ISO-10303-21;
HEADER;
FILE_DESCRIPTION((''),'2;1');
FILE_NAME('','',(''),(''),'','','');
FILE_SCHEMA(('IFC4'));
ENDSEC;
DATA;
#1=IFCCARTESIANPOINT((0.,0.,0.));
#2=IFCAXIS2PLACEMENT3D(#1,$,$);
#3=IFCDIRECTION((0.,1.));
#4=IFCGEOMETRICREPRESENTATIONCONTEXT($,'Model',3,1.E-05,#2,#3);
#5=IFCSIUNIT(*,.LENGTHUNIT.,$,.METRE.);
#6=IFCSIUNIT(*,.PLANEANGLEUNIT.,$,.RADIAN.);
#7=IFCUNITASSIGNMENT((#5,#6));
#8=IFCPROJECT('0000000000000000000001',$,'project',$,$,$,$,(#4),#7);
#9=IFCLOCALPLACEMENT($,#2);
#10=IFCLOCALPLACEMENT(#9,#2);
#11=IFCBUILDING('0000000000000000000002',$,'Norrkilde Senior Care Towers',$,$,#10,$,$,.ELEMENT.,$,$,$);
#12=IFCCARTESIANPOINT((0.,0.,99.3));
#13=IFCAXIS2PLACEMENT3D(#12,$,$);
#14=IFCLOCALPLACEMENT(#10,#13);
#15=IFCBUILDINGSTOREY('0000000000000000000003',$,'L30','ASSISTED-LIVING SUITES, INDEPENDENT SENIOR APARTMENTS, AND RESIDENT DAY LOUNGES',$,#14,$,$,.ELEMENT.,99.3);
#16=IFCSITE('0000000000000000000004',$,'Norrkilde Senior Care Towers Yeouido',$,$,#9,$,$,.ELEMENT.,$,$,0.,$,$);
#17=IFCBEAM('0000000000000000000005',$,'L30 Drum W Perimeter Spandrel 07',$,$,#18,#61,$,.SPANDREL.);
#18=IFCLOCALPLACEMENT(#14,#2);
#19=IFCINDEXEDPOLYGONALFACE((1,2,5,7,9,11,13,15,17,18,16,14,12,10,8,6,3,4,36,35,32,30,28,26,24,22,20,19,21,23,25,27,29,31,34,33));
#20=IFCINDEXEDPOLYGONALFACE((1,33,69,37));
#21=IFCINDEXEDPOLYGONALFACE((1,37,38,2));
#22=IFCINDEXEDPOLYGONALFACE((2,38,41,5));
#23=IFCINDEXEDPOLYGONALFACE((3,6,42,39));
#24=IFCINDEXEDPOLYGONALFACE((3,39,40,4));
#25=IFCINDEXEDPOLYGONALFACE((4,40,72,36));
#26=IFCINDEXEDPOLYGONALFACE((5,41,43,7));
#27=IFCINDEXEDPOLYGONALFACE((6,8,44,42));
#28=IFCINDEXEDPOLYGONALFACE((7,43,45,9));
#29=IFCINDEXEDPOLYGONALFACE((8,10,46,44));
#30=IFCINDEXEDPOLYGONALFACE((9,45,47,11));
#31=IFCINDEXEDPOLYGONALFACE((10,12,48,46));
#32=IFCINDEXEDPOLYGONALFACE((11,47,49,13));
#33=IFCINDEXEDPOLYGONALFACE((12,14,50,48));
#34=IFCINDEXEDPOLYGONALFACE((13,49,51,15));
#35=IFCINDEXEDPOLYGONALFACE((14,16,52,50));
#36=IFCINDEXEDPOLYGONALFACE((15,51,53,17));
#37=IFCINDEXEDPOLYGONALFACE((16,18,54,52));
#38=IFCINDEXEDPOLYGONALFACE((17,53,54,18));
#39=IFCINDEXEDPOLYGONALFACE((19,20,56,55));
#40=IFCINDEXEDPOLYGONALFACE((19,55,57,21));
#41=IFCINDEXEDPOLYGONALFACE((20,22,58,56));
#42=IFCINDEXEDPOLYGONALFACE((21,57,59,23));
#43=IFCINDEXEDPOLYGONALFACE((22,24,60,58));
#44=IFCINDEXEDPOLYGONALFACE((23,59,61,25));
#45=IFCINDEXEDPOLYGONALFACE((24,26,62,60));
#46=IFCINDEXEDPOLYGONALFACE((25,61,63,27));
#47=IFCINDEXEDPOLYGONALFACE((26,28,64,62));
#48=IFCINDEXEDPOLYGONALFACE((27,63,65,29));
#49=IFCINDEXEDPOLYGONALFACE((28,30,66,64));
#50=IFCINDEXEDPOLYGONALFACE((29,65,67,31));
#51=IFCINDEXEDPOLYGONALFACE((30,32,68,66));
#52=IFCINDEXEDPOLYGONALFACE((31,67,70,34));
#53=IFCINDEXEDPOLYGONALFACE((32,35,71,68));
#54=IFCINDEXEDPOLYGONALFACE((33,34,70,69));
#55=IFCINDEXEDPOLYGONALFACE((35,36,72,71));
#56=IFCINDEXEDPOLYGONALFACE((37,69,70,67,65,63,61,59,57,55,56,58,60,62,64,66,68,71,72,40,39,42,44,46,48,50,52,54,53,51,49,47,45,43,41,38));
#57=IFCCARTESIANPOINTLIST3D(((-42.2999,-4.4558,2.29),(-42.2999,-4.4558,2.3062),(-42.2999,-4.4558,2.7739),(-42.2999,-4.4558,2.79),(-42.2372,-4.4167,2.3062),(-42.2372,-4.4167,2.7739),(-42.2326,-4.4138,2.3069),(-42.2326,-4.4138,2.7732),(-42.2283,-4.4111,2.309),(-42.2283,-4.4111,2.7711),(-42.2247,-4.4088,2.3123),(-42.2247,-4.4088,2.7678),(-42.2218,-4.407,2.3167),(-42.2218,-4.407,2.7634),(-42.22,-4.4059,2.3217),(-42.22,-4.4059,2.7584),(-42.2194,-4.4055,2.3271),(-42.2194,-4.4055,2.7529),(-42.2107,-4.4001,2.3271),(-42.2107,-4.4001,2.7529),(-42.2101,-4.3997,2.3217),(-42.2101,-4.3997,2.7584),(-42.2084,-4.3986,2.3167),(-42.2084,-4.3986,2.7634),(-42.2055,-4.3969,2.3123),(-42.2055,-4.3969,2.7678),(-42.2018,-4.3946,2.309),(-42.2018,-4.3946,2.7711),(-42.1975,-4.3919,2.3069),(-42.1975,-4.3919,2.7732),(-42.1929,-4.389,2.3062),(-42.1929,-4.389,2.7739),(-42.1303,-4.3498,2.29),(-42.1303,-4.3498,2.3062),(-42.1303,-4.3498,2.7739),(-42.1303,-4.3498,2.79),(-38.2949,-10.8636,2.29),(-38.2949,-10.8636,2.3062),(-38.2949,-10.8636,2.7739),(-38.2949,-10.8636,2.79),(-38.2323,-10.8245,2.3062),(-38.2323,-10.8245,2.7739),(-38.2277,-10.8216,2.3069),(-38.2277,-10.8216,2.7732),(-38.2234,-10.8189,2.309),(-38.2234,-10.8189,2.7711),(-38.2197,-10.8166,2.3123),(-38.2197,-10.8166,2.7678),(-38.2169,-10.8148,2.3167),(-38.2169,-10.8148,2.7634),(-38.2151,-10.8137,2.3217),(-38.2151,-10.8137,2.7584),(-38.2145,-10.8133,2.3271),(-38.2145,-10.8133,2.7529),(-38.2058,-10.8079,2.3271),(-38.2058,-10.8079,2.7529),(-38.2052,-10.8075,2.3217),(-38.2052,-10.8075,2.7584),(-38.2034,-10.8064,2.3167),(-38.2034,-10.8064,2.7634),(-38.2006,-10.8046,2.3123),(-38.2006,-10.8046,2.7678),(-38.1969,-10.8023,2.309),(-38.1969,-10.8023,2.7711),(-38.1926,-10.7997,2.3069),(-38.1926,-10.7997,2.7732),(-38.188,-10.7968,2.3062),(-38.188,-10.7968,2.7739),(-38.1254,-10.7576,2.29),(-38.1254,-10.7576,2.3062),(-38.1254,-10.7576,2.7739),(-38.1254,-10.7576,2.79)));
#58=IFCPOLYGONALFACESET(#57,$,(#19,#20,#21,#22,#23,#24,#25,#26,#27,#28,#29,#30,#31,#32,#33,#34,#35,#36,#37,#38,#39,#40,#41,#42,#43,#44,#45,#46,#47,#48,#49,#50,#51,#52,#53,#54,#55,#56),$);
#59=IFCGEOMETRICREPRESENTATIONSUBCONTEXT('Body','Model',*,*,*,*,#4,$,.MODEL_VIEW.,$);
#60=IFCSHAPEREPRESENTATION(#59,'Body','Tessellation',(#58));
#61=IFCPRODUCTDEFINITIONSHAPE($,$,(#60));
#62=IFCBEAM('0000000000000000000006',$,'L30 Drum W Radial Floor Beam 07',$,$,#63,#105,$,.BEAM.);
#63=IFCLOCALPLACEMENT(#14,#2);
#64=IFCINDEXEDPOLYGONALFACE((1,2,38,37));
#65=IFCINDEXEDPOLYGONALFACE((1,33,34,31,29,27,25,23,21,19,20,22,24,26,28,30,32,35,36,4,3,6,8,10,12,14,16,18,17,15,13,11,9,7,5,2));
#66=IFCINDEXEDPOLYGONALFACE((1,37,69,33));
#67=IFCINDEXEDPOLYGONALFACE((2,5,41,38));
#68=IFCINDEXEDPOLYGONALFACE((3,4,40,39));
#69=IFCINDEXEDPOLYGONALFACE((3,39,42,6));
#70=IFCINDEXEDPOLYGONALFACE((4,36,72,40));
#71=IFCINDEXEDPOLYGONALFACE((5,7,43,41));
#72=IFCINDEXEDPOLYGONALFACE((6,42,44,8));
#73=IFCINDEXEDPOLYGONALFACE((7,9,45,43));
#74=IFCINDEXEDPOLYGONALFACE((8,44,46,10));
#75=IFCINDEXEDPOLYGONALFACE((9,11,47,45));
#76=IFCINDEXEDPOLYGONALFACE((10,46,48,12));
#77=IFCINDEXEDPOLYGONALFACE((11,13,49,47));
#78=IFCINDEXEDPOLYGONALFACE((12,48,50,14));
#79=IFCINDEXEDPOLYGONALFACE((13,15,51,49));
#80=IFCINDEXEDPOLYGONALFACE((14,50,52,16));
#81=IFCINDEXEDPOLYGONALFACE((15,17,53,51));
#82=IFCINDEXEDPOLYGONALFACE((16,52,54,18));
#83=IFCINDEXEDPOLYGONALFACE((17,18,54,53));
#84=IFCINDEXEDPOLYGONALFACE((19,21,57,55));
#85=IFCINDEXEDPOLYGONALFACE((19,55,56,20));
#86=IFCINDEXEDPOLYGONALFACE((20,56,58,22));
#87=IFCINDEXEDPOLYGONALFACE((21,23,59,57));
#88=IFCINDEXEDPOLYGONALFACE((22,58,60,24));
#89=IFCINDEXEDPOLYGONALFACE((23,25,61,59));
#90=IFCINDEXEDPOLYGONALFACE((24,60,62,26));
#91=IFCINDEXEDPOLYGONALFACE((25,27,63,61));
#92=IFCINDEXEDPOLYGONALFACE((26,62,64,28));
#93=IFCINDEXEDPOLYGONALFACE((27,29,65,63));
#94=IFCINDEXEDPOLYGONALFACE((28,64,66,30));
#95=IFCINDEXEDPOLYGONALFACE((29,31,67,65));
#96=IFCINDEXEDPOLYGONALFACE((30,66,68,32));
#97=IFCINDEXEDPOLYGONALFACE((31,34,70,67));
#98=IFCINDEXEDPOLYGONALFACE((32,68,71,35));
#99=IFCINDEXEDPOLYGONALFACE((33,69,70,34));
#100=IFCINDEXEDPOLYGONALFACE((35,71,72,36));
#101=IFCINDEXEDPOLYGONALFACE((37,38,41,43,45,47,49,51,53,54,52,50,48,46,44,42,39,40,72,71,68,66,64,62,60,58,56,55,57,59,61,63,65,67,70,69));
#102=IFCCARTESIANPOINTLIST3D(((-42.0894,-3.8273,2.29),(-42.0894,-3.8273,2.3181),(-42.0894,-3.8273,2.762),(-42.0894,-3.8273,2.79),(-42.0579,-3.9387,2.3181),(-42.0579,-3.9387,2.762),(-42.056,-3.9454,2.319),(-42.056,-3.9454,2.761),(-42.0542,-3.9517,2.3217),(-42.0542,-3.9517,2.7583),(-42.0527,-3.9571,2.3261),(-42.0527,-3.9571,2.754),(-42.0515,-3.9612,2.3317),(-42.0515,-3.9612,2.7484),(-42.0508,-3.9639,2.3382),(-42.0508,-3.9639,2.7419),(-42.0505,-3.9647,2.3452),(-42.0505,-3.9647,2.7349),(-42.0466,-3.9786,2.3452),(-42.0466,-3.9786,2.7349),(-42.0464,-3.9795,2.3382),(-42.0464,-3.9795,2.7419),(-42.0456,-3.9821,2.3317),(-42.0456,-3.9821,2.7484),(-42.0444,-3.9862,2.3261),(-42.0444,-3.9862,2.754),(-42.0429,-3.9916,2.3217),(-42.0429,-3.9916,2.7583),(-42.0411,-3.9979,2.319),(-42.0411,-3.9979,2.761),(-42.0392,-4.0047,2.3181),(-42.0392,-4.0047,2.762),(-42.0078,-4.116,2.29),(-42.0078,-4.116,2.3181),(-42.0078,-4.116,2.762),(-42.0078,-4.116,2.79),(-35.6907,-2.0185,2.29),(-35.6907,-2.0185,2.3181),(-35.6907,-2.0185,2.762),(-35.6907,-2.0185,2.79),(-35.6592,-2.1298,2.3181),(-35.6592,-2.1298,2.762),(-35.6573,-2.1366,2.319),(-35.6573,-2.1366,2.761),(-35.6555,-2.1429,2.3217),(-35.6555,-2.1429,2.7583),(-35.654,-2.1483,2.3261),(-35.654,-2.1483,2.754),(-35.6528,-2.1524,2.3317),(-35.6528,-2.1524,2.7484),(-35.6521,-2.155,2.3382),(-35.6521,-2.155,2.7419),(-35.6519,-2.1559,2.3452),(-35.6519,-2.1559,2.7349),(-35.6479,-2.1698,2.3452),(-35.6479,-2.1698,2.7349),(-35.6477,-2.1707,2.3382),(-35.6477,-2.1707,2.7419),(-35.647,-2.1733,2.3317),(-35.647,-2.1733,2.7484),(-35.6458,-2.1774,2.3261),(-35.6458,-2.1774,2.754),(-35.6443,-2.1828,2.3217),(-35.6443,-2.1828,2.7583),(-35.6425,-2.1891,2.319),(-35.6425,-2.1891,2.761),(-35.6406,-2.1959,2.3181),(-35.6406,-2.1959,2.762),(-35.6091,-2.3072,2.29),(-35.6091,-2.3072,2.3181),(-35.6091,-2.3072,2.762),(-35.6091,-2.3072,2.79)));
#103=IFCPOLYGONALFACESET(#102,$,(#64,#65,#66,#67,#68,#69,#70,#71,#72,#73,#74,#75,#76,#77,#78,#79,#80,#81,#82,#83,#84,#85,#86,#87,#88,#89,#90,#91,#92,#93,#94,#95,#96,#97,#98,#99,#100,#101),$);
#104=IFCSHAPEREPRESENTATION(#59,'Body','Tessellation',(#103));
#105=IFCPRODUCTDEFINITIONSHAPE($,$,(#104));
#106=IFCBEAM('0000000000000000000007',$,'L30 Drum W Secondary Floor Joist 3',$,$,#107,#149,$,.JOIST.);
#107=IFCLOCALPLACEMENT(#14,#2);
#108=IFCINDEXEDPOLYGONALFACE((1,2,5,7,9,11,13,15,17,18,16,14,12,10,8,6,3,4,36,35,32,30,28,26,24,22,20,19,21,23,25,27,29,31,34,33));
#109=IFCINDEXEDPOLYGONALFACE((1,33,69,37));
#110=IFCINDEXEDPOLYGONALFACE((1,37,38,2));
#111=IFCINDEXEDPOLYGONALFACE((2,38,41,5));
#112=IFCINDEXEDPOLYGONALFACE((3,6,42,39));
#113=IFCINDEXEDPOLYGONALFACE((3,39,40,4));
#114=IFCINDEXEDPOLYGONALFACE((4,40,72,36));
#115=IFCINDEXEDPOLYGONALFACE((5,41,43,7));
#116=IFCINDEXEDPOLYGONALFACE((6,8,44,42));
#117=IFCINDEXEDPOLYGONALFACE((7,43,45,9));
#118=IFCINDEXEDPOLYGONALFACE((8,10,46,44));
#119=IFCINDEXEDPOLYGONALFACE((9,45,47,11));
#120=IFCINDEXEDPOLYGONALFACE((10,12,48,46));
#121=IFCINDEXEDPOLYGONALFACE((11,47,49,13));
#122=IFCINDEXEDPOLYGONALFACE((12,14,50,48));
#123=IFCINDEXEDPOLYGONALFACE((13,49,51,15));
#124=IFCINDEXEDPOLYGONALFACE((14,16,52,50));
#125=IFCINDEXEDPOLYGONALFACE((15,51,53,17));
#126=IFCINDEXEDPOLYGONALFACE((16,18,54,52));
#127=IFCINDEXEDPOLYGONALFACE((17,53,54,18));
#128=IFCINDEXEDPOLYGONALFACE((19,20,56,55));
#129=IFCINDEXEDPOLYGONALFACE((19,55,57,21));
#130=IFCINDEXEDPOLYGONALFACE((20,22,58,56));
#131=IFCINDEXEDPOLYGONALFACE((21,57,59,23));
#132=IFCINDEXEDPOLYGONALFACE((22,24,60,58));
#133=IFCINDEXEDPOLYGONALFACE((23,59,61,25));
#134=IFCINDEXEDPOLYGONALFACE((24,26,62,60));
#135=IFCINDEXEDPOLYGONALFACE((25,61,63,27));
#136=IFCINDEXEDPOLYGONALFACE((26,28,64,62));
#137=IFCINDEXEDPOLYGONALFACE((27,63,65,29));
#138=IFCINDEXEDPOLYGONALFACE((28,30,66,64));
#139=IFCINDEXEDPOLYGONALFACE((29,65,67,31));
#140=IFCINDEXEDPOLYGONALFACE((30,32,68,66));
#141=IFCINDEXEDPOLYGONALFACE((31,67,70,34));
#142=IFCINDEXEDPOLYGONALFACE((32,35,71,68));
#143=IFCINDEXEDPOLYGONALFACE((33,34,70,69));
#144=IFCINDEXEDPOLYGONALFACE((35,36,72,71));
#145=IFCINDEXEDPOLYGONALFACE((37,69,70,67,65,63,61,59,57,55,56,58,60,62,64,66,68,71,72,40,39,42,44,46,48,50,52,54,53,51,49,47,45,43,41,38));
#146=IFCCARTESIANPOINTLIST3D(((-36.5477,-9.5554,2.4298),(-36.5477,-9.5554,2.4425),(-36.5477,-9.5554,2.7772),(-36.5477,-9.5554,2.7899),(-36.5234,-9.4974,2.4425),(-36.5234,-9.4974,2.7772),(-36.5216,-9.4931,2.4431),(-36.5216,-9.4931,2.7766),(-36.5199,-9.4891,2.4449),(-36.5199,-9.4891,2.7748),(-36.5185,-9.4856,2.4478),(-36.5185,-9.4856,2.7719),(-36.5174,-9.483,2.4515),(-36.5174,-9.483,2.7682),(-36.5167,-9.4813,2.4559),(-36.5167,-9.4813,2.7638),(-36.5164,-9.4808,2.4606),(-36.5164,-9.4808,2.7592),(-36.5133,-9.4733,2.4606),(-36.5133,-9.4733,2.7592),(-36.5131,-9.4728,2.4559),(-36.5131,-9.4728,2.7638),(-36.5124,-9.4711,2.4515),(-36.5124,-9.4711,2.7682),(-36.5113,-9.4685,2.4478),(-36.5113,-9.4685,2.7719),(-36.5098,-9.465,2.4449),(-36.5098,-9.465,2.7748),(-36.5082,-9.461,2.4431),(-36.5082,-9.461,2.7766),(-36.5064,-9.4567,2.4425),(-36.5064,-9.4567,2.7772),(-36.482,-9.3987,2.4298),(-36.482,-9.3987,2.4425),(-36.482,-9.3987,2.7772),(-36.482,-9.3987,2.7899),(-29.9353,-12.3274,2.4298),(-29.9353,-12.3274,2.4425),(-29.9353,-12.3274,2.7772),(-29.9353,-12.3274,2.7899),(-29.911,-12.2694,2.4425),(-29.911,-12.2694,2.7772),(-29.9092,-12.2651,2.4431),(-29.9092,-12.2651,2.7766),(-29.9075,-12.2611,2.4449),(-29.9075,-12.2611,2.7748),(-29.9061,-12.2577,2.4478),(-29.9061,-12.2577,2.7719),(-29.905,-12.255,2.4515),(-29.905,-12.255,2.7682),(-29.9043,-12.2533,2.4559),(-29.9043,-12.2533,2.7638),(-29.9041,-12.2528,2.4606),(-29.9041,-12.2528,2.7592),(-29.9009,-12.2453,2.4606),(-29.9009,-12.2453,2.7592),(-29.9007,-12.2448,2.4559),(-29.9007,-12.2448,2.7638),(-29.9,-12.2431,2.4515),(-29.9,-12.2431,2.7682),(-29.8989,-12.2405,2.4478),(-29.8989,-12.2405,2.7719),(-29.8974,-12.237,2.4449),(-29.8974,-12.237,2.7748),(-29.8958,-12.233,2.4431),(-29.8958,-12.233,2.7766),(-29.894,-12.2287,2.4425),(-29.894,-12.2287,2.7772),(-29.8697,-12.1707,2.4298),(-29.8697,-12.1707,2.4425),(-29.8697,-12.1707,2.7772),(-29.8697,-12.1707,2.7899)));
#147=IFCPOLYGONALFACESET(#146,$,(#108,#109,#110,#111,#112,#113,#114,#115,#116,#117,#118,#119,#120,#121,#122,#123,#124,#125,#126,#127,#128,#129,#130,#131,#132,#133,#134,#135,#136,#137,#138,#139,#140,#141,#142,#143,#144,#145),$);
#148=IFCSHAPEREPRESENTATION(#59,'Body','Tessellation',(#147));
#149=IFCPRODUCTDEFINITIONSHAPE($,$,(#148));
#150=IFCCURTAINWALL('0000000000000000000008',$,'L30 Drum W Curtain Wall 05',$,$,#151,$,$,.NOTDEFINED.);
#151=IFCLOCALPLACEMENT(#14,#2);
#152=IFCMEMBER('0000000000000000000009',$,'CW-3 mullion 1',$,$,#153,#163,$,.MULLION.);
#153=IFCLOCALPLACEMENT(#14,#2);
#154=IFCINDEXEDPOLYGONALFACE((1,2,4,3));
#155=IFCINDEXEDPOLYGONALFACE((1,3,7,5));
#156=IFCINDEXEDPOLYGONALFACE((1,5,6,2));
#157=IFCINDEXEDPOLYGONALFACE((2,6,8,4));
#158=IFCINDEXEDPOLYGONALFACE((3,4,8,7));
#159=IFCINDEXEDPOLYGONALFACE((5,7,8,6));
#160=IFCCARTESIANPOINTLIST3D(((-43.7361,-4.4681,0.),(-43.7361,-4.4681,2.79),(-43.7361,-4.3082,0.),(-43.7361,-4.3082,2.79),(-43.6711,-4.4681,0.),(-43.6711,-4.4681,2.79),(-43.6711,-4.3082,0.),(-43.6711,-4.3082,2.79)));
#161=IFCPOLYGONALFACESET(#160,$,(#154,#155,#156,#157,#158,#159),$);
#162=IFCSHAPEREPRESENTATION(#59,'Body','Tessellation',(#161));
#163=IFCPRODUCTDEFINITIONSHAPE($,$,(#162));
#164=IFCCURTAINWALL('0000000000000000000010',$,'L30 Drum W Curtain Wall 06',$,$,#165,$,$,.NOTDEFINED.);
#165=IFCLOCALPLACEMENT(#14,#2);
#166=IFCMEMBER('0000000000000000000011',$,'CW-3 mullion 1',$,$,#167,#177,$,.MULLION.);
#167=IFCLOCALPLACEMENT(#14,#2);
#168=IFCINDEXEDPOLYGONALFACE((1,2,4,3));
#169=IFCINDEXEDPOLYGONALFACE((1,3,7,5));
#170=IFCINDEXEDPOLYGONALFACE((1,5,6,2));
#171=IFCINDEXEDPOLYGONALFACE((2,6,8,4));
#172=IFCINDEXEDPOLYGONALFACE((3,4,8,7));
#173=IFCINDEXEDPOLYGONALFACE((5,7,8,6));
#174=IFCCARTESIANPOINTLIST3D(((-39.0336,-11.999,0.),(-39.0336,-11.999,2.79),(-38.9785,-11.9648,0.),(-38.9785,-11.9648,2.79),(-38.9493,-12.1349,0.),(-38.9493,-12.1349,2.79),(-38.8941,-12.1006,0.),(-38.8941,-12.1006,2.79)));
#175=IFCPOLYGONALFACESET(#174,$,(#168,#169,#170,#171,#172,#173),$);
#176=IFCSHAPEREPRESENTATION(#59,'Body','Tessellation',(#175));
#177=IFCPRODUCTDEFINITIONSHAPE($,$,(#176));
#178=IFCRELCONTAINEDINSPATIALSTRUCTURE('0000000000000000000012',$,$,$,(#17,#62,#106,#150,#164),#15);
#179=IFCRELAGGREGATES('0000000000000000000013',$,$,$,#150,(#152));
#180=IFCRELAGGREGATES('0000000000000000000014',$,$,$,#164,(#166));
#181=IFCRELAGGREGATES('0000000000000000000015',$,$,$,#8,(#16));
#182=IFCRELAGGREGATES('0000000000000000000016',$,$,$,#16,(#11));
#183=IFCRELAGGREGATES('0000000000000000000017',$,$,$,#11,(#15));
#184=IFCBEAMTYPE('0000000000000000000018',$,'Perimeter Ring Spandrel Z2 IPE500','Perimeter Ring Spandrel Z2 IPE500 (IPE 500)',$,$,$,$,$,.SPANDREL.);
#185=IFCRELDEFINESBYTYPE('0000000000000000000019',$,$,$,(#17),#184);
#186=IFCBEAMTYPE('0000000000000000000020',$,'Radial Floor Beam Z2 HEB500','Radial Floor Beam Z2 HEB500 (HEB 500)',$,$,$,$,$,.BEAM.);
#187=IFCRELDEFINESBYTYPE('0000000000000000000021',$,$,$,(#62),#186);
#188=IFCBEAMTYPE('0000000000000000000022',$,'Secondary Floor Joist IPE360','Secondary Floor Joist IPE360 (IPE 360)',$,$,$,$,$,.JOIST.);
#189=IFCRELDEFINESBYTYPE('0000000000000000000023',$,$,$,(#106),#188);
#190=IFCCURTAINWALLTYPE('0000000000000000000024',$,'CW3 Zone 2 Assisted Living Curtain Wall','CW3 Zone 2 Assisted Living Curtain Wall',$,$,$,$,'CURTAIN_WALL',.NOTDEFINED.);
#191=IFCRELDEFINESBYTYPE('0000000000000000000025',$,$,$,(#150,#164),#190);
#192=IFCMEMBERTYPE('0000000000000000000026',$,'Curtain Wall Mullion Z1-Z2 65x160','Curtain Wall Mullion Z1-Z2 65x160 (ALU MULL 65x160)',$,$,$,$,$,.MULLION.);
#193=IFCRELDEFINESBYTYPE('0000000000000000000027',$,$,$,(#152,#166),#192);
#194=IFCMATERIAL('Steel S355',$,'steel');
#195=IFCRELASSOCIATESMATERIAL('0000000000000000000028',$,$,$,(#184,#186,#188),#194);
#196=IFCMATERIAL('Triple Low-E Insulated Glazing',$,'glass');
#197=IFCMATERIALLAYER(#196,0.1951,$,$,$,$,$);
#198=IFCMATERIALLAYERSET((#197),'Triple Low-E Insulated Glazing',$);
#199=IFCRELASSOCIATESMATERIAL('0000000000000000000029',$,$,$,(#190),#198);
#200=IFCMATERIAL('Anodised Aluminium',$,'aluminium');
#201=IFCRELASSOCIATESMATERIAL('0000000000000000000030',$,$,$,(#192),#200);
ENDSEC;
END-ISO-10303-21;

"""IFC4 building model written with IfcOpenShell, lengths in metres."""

from ifc_helpers import new_model, si_unit, direction, frame, origin, origin_2d, place, context, subcontext, project, spatial, rectangle, i_section, extrude, source, transform, mapped, material, layer, layer_set, material_profile, profile_set, type_object, type_shapes, element, aggregate, save


model = new_model("IFC4")

# Units and contexts
model_context = context("Model", 3, precision=1e-05, world=origin(), true_north=direction((0.0, 1.0)))
body_context = subcontext(model_context, "Body", "Model", "MODEL_VIEW")
ifc_project = project(units=[si_unit("LENGTHUNIT", "METRE"), si_unit("PLANEANGLEUNIT", "RADIAN")], contexts=[model_context])

# Site, building, storey
site_placement = place(None, origin())
site = spatial("IfcSite", under=ifc_project, at=site_placement, Name="Norrkilde Senior Care Towers Yeouido", CompositionType="ELEMENT", RefElevation=0.0)
building_placement = place(site_placement, origin())
building = spatial("IfcBuilding", under=site, at=building_placement, Name="Norrkilde Senior Care Towers", CompositionType="ELEMENT")
storey_placement = place(building_placement, frame((0.0, 0.0, 99.3)))
storey = spatial("IfcBuildingStorey", under=building, at=storey_placement, Name="L30", Description="ASSISTED-LIVING SUITES, INDEPENDENT SENIOR APARTMENTS, AND RESIDENT DAY LOUNGES", CompositionType="ELEMENT", Elevation=99.3)

# Beams
ifc_material_1 = material(Name="Steel S355", Category="steel")
ifc_material_profile_1 = material_profile(ifc_material_1, i_section(OverallWidth=0.2, OverallDepth=0.5, WebThickness=0.0103, FlangeThickness=0.0161, FilletRadius=0.021, at=origin_2d()), Name="IPE 500")
ifc_profile_set_1 = profile_set([ifc_material_profile_1], Name="Steel S355")
beam_type_1 = type_object("IfcBeamType", Name="Perimeter Ring Spandrel Z2 IPE500", Description="Perimeter Ring Spandrel Z2 IPE500 (IPE 500)", PredefinedType="SPANDREL", material=ifc_profile_set_1)
shared_shape_1 = source(origin(), body_context, "Body", "SweptSolid", [
    extrude(i_section(OverallWidth=0.2, OverallDepth=0.5, WebThickness=0.0103, FlangeThickness=0.0161, FilletRadius=0.021, at=origin_2d()), origin(), (0.0, 0.0, 1.0), 7.5564),
])
beam_1_placement = place(storey_placement, frame((-42.2151, -4.4028, 2.54), z_axis=(0.530005, -0.847995, 0.0), x_axis=(0.847995, 0.530005, 0.0)))
element("IfcBeam", 1, at=beam_1_placement, inside=storey, type_object=beam_type_1, Name="L30 Drum W Perimeter Spandrel 07", PredefinedType="SPANDREL", context=body_context, shape_type="MappedRepresentation", body=[
    mapped(shared_shape_1, transform((0.0, 0.0, 0.0), x_axis=(1.0, 0.0, 0.0), y_axis=(0.0, 1.0, 0.0), z_axis=(0.0, 0.0, 1.0), scale=1.0)),
])
ifc_material_profile_2 = material_profile(ifc_material_1, i_section(OverallWidth=0.3, OverallDepth=0.5, WebThickness=0.0144, FlangeThickness=0.0281, FilletRadius=0.0271, at=origin_2d()), Name="HEB 500")
ifc_profile_set_2 = profile_set([ifc_material_profile_2], Name="Steel S355")
beam_type_2 = type_object("IfcBeamType", Name="Radial Floor Beam Z2 HEB500", Description="Radial Floor Beam Z2 HEB500 (HEB 500)", PredefinedType="BEAM", material=ifc_profile_set_2)
shared_shape_2 = source(origin(), body_context, "Body", "SweptSolid", [
    extrude(i_section(OverallWidth=0.3, OverallDepth=0.5, WebThickness=0.0144, FlangeThickness=0.0281, FilletRadius=0.0271, at=origin_2d()), origin(), (0.0, 0.0, 1.0), 6.6494),
])
type_shapes(beam_type_2, [shared_shape_2])
beam_2_placement = place(storey_placement, frame((-35.6499, -2.1628, 2.54), z_axis=(-0.962289, -0.272029, 0.0), x_axis=(0.272029, -0.962289, 0.0)))
element("IfcBeam", 2, at=beam_2_placement, inside=storey, type_object=beam_type_2, Name="L30 Drum W Radial Floor Beam 07", PredefinedType="BEAM", context=body_context, shape_type="MappedRepresentation", body=[
    mapped(shared_shape_2, transform((0.0, 0.0, 0.0), x_axis=(1.0, 0.0, 0.0), y_axis=(0.0, 1.0, 0.0), z_axis=(0.0, 0.0, 1.0), scale=1.0)),
])
ifc_material_profile_3 = material_profile(ifc_material_1, i_section(OverallWidth=0.1699, OverallDepth=0.3601, WebThickness=0.0081, FlangeThickness=0.0127, FilletRadius=0.0181, at=origin_2d()), Name="IPE 360")
ifc_profile_set_3 = profile_set([ifc_material_profile_3], Name="Steel S355")
beam_type_3 = type_object("IfcBeamType", Name="Secondary Floor Joist IPE360", Description="Secondary Floor Joist IPE360 (IPE 360)", PredefinedType="JOIST", material=ifc_profile_set_3)
shared_shape_3 = source(origin(), body_context, "Body", "SweptSolid", [
    extrude(i_section(OverallWidth=0.1699, OverallDepth=0.3601, WebThickness=0.0081, FlangeThickness=0.0127, FilletRadius=0.0181, at=origin_2d()), origin(), (0.0, 0.0, 1.0), 7.1699),
])
type_shapes(beam_type_3, [shared_shape_3])
beam_3_placement = place(storey_placement, frame((-36.5149, -9.4771, 2.6099), z_axis=(0.922241, -0.386616, 0.0), x_axis=(0.386616, 0.922241, 0.0)))
element("IfcBeam", 3, at=beam_3_placement, inside=storey, type_object=beam_type_3, Name="L30 Drum W Secondary Floor Joist 3", PredefinedType="JOIST", context=body_context, shape_type="MappedRepresentation", body=[
    mapped(shared_shape_3, transform((0.0, 0.0, 0.0), x_axis=(1.0, 0.0, 0.0), y_axis=(0.0, 1.0, 0.0), z_axis=(0.0, 0.0, 1.0), scale=1.0)),
])

# Curtain wall, member
ifc_material_2 = material(Name="Triple Low-E Insulated Glazing", Category="glass")
ifc_layer_1 = layer(ifc_material_2, 0.1951)
ifc_layer_set_1 = layer_set([ifc_layer_1], Name="Triple Low-E Insulated Glazing")
curtain_wall_type = type_object("IfcCurtainWallType", Name="CW3 Zone 2 Assisted Living Curtain Wall", Description="CW3 Zone 2 Assisted Living Curtain Wall", ElementType="CURTAIN_WALL", PredefinedType="NOTDEFINED", material=ifc_layer_set_1)
curtain_wall_1_placement = place(storey_placement, origin())
curtain_wall_1 = element("IfcCurtainWall", 4, at=curtain_wall_1_placement, inside=storey, type_object=curtain_wall_type, Name="L30 Drum W Curtain Wall 05", PredefinedType="NOTDEFINED")
ifc_material_3 = material(Name="Anodised Aluminium", Category="aluminium")
ifc_material_profile_4 = material_profile(ifc_material_3, rectangle(XDim=0.0649, YDim=0.1599, at=origin_2d()), Name="ALU MULL 65x160")
ifc_profile_set_4 = profile_set([ifc_material_profile_4], Name="Anodised Aluminium")
member_type_1 = type_object("IfcMemberType", Name="Curtain Wall Mullion Z1-Z2 65x160", Description="Curtain Wall Mullion Z1-Z2 65x160 (ALU MULL 65x160)", PredefinedType="MULLION", material=ifc_profile_set_4)
shared_shape_4 = source(origin(), body_context, "Body", "SweptSolid", [
    extrude(rectangle(XDim=0.0649, YDim=0.1599, at=origin_2d()), origin(), (0.0, 0.0, 1.0), 2.79),
])
type_shapes(member_type_1, [shared_shape_4])
member_1_placement = place(storey_placement, frame((-43.7036, -4.3882, 0.0), z_axis=(0.0, 0.0, 1.0), x_axis=(-1.0, 0.0, 0.0)))
member_1 = element("IfcMember", 5, at=member_1_placement, type_object=member_type_1, Name="CW-3 mullion 1", PredefinedType="MULLION", context=body_context, shape_type="MappedRepresentation", body=[
    mapped(shared_shape_4, transform((0.0, 0.0, 0.0), x_axis=(1.0, 0.0, 0.0), y_axis=(0.0, 1.0, 0.0), z_axis=(0.0, 0.0, 1.0), scale=1.0)),
])

# Curtain wall, member
curtain_wall_2_placement = place(storey_placement, origin())
curtain_wall_2 = element("IfcCurtainWall", 6, at=curtain_wall_2_placement, inside=storey, type_object=curtain_wall_type, Name="L30 Drum W Curtain Wall 06", PredefinedType="NOTDEFINED")
member_2_placement = place(storey_placement, frame((-38.9639, -12.0498, 0.0), z_axis=(0.0, 0.0, 1.0), x_axis=(-0.84941, -0.527733, 0.0)))
member_2 = element("IfcMember", 7, at=member_2_placement, type_object=member_type_1, Name="CW-3 mullion 1", PredefinedType="MULLION", context=body_context, shape_type="MappedRepresentation", body=[
    mapped(shared_shape_4, transform((0.0, 0.0, 0.0), x_axis=(1.0, 0.0, 0.0), y_axis=(0.0, 1.0, 0.0), z_axis=(0.0, 0.0, 1.0), scale=1.0)),
])

aggregate(curtain_wall_1, [member_1])

aggregate(curtain_wall_2, [member_2])

save(model, "model.ifc")
